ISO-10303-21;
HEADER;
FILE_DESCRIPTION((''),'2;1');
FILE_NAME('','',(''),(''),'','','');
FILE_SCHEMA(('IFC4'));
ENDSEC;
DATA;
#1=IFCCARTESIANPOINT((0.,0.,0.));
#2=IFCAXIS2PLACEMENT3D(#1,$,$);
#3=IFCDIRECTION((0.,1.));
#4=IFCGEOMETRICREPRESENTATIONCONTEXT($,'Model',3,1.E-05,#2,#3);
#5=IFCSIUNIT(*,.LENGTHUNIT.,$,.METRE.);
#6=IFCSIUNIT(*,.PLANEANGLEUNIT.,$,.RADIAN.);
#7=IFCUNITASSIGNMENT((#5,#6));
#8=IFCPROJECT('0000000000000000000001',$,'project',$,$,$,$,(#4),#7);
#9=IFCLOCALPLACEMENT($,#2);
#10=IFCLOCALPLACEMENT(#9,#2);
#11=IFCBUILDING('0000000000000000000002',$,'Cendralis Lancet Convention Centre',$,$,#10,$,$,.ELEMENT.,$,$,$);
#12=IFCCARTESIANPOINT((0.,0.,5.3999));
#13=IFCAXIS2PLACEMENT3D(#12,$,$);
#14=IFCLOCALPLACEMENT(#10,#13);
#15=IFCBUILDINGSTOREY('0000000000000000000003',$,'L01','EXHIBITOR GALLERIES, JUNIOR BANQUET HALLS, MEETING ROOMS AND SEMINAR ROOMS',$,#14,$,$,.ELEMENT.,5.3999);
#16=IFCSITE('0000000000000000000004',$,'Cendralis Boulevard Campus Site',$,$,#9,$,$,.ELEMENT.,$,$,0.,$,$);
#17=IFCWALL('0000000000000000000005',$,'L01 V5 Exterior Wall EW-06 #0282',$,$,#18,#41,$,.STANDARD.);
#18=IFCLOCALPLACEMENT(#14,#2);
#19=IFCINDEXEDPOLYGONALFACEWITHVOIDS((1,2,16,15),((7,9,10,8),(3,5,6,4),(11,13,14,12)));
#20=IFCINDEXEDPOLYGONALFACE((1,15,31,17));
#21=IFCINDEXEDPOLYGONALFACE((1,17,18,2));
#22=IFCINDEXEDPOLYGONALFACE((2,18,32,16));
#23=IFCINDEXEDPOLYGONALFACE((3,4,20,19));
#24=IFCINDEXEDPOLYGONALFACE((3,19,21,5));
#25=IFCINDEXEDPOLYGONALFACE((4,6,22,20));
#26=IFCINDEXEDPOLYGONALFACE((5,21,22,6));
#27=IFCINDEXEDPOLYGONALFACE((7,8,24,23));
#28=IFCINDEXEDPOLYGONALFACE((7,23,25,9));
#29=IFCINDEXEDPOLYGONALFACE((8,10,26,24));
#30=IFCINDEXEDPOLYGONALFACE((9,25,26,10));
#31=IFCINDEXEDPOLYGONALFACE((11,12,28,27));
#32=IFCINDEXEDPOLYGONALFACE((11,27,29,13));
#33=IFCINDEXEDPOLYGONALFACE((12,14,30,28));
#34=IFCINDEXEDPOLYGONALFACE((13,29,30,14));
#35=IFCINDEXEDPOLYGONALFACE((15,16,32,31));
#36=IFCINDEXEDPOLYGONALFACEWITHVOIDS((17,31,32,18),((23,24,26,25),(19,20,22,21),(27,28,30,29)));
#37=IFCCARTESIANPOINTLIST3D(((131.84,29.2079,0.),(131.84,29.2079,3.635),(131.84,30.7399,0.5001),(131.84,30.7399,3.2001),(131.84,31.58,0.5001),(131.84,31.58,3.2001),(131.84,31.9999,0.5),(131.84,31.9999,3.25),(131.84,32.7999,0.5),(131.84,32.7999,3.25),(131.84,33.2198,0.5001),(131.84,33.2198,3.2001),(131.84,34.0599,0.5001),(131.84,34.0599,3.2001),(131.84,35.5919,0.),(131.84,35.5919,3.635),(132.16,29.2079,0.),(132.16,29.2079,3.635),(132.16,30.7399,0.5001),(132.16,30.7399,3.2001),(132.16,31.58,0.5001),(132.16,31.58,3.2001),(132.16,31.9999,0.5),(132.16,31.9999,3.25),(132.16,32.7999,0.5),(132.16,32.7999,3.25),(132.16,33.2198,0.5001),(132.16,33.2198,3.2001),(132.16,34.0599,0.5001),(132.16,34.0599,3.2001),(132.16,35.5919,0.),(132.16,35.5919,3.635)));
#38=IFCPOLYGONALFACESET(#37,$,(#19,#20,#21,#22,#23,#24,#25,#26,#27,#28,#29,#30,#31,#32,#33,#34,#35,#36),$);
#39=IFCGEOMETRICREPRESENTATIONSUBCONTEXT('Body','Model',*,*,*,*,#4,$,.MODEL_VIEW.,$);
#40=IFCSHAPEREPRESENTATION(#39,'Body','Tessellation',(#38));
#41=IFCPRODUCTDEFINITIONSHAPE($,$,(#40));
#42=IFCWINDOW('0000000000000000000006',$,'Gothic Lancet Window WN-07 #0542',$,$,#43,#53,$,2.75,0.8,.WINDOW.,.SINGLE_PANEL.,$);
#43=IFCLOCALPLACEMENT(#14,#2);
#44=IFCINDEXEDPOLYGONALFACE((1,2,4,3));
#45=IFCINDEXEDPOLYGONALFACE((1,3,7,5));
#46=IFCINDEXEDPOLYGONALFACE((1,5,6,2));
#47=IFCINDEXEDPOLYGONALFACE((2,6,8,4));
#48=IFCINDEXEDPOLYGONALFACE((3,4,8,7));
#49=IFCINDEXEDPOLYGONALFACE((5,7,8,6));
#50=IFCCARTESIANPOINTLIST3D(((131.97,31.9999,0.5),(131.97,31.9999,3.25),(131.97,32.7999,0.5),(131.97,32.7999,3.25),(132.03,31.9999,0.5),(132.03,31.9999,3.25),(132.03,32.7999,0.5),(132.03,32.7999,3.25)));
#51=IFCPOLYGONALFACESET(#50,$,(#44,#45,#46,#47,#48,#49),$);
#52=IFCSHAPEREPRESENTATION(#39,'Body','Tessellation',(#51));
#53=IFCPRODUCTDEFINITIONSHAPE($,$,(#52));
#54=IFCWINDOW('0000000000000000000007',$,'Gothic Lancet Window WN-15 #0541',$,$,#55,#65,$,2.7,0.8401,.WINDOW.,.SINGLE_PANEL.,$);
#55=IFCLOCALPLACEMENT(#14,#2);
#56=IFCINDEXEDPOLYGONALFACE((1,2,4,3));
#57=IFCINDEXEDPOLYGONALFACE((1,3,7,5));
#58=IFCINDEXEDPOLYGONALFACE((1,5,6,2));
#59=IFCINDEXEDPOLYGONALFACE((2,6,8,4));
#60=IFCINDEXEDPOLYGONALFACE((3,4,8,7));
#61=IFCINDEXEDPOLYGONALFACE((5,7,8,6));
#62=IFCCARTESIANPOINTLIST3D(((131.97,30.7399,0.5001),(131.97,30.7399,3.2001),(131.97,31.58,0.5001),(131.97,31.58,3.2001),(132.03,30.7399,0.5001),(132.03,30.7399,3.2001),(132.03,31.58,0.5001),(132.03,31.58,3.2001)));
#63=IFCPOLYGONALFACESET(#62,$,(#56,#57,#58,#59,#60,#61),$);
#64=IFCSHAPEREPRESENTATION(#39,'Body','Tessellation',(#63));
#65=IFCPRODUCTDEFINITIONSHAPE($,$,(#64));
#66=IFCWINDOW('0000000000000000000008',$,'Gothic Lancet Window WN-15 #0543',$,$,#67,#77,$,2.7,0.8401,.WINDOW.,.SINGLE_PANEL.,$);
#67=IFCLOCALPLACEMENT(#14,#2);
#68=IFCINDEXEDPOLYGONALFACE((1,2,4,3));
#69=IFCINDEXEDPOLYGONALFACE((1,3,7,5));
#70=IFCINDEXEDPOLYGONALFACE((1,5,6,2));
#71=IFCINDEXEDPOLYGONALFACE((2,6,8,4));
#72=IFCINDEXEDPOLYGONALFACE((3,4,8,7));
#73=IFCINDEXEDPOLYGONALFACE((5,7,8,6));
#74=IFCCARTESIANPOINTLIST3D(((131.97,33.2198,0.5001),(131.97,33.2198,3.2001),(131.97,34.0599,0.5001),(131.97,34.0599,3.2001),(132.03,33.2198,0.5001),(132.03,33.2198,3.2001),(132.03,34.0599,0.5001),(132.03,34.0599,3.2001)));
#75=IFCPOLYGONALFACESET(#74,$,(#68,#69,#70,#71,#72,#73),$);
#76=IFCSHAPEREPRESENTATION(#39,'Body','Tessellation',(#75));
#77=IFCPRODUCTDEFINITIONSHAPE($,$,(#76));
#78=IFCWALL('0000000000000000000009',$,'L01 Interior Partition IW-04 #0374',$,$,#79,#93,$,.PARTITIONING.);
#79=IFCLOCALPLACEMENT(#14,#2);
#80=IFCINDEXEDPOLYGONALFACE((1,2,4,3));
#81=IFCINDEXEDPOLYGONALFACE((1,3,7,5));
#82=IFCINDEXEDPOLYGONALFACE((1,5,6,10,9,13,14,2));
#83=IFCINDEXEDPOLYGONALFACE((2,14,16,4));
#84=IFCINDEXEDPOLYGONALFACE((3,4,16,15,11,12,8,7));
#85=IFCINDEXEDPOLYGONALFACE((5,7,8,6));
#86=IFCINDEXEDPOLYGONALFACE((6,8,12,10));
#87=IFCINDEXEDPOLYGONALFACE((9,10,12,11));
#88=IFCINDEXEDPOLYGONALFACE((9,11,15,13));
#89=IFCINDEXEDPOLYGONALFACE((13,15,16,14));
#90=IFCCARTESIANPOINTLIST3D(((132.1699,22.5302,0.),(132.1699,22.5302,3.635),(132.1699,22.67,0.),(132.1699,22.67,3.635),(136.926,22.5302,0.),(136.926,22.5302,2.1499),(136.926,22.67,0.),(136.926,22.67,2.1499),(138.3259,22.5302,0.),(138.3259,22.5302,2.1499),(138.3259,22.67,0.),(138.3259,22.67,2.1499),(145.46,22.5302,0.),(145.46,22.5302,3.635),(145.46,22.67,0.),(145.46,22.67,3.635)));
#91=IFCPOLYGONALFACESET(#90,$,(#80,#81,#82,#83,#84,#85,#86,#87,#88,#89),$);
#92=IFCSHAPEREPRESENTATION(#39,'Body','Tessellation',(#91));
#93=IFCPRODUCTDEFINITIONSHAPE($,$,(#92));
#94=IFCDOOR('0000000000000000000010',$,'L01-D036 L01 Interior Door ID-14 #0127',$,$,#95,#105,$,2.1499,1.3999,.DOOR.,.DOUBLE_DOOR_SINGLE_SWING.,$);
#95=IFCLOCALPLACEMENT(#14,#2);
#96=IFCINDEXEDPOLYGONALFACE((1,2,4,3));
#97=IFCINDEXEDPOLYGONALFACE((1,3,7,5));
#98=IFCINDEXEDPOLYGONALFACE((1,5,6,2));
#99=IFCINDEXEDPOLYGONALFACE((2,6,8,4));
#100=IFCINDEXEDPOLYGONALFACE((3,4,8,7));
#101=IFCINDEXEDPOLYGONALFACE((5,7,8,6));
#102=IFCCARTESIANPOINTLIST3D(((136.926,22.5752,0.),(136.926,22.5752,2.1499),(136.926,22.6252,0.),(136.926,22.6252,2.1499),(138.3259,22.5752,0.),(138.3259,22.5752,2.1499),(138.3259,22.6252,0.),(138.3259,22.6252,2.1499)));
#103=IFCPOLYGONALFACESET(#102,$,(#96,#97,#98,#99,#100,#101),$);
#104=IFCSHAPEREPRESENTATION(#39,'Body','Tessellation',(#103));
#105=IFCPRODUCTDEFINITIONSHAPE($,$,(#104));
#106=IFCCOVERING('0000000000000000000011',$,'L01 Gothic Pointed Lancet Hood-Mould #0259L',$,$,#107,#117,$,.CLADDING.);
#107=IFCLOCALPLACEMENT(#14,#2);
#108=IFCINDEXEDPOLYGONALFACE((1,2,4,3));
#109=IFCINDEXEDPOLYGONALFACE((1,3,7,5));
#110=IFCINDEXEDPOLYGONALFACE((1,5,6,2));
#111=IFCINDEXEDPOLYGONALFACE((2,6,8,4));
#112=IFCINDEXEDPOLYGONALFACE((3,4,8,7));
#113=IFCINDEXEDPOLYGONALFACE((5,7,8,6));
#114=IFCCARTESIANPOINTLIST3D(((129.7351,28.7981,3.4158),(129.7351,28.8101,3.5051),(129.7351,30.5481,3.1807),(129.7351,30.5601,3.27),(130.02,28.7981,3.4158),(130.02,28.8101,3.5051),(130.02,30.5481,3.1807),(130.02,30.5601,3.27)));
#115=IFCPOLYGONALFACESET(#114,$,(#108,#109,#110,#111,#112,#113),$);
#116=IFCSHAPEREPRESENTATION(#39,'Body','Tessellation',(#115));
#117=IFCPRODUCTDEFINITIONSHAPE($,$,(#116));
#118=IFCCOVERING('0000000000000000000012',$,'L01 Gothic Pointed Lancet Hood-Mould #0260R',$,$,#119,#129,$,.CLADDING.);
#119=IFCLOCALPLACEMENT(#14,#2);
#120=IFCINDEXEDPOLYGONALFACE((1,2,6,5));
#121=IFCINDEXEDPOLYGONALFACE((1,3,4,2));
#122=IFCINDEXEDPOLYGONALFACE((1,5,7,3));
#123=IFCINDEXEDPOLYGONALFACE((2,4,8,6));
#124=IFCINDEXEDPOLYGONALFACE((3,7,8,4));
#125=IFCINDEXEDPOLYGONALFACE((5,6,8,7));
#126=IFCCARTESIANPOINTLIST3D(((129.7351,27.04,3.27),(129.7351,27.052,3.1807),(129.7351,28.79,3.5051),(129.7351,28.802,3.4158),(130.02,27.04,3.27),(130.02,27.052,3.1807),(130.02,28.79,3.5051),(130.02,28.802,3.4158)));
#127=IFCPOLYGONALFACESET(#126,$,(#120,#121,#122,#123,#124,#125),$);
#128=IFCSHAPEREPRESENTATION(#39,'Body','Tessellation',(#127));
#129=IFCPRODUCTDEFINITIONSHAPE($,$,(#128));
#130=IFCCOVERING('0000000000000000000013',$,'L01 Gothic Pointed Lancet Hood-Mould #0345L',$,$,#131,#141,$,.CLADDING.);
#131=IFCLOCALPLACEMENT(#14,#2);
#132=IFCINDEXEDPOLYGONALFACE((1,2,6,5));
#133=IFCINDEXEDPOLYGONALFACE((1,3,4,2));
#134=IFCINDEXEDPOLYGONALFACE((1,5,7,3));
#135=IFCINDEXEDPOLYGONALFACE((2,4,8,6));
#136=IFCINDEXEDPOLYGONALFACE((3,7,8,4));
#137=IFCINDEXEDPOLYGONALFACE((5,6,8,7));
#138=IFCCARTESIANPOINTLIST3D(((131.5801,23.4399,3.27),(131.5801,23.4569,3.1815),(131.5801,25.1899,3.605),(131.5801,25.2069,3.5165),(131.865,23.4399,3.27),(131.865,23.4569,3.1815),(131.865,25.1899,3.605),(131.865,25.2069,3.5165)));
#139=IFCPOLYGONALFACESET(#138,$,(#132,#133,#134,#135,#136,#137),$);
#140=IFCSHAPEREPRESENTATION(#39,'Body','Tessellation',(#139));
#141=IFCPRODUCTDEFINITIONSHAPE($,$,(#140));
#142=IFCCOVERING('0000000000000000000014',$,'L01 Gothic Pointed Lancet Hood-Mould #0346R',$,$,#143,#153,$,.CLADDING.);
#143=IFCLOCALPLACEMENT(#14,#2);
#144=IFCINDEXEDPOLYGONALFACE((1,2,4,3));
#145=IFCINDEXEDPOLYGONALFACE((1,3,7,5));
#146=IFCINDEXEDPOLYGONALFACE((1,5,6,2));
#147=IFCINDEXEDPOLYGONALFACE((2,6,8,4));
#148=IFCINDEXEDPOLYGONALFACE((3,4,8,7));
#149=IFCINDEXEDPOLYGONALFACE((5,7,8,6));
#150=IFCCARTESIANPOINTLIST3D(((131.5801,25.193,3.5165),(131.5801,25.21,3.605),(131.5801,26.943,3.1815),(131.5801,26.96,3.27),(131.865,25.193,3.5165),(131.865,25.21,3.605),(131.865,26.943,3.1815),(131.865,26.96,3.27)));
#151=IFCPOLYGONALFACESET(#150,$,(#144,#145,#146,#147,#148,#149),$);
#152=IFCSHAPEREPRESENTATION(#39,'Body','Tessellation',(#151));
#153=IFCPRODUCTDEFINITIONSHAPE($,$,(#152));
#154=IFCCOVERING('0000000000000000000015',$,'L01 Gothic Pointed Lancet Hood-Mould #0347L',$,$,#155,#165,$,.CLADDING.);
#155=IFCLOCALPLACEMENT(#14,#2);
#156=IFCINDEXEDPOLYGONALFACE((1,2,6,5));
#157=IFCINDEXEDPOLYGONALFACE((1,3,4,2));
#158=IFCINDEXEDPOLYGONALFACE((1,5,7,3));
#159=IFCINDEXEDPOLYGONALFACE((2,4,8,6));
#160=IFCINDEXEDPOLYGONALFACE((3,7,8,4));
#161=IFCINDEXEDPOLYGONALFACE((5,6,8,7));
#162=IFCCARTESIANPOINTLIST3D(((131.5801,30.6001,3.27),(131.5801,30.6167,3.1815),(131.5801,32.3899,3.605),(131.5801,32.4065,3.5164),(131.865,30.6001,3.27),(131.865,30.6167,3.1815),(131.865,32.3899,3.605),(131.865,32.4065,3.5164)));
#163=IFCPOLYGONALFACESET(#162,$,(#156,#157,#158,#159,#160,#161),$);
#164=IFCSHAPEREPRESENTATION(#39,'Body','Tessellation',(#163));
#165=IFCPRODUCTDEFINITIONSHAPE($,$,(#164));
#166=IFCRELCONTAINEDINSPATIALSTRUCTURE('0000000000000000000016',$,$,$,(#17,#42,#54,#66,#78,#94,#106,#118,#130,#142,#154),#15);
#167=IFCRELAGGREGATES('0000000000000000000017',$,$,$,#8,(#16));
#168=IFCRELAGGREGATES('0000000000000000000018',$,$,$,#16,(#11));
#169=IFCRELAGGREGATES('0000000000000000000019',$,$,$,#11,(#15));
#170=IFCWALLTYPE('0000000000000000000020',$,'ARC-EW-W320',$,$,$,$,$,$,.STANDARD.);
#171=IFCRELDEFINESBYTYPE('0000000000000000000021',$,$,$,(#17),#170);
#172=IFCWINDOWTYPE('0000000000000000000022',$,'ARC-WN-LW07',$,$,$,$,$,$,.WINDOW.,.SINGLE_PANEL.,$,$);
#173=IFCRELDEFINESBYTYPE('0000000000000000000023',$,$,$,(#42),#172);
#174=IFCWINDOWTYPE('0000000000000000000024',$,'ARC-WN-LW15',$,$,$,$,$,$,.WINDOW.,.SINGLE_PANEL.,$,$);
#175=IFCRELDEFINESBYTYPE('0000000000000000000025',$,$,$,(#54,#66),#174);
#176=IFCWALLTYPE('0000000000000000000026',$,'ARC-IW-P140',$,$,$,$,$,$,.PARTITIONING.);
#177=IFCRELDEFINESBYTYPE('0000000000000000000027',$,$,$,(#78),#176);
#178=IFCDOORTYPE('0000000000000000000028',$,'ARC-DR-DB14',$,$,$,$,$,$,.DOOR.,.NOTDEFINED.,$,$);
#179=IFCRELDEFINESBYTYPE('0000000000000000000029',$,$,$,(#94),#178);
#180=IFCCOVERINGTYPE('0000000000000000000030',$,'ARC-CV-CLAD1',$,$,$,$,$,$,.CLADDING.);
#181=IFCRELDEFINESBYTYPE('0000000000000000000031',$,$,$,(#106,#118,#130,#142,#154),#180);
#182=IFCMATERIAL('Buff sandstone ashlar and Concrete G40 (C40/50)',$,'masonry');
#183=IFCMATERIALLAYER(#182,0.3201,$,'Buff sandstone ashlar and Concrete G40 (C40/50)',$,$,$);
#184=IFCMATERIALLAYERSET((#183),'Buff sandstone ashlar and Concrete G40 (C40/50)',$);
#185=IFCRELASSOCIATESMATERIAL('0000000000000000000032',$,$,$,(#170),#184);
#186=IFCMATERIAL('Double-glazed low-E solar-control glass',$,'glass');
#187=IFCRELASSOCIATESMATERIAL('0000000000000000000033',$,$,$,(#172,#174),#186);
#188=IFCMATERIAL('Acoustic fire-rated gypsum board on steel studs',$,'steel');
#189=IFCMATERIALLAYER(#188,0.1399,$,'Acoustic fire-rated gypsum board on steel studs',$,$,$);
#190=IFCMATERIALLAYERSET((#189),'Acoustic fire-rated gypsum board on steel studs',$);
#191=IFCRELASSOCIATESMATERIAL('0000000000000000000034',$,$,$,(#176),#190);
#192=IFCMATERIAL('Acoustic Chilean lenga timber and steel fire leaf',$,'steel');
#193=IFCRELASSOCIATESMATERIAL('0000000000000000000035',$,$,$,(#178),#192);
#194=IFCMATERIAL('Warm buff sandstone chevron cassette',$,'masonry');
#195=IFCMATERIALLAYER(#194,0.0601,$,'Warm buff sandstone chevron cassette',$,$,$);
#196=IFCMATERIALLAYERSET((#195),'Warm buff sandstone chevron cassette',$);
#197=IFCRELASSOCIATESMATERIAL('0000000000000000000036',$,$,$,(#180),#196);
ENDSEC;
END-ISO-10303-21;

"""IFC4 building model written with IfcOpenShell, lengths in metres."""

from ifc_helpers import new_model, si_unit, direction, frame, frame_2d, origin, place, context, subcontext, project, spatial, polyline, rectangle, outline, extrude, material, layer, layer_set, type_object, element, fill, save


model = new_model("IFC4")

# Units and contexts
model_context = context("Model", 3, precision=1e-05, world=origin(), true_north=direction((0.0, 1.0)))
body_context = subcontext(model_context, "Body", "Model", "MODEL_VIEW")
ifc_project = project(units=[si_unit("LENGTHUNIT", "METRE"), si_unit("PLANEANGLEUNIT", "RADIAN")], contexts=[model_context])

# Site, building, storey
site_placement = place(None, origin())
site = spatial("IfcSite", under=ifc_project, at=site_placement, Name="Cendralis Boulevard Campus Site", CompositionType="ELEMENT", RefElevation=0.0)
building_placement = place(site_placement, origin())
building = spatial("IfcBuilding", under=site, at=building_placement, Name="Cendralis Lancet Convention Centre", CompositionType="ELEMENT")
storey_placement = place(building_placement, frame((0.0, 0.0, 5.3999)))
storey = spatial("IfcBuildingStorey", under=building, at=storey_placement, Name="L01", Description="EXHIBITOR GALLERIES, JUNIOR BANQUET HALLS, MEETING ROOMS AND SEMINAR ROOMS", CompositionType="ELEMENT", Elevation=5.3999)

# Shared definitions
ifc_material_1 = material(Name="Buff sandstone ashlar and Concrete G40 (C40/50)", Category="masonry")
ifc_layer_1 = layer(ifc_material_1, 0.3201, Name="Buff sandstone ashlar and Concrete G40 (C40/50)")
ifc_layer_set_1 = layer_set([ifc_layer_1], Name="Buff sandstone ashlar and Concrete G40 (C40/50)")
wall_type_1 = type_object("IfcWallType", Name="ARC-EW-W320", PredefinedType="STANDARD", material=ifc_layer_set_1)

# Wall, openings, windows
ifc_material_2 = material(Name="Double-glazed low-E solar-control glass", Category="glass")
window_type_1 = type_object("IfcWindowType", Name="ARC-WN-LW07", PartitioningType="SINGLE_PANEL", PredefinedType="WINDOW", material=ifc_material_2)
wall_1_placement = place(storey_placement, frame((132.0, 29.208, 0.0), z_axis=(0.0, 0.0, 1.0), x_axis=(0.0, 1.0, 0.0)))
wall_1 = element("IfcWall", 1, at=wall_1_placement, inside=storey, type_object=wall_type_1, Name="L01 V5 Exterior Wall EW-06 #0282", PredefinedType="STANDARD", context=body_context, shape_type="SweptSolid", body=[
    extrude(rectangle(XDim=6.384, YDim=0.3201, at=frame_2d((3.1919, 0.0))), origin(), (0.0, 0.0, 1.0), 3.635),
])
opening_1_placement = place(wall_1_placement, frame((1.532, 0.0, 0.5)))
opening_1 = element("IfcOpeningElement", 2, at=opening_1_placement, cuts=wall_1, PredefinedType="OPENING", context=body_context, shape_type="SweptSolid", body=[
    extrude(rectangle(XDim=0.8401, YDim=2.7, at=frame_2d((0.4199, 1.3501))), frame((0.0, 0.1699, 0.0), z_axis=(0.0, -1.0, 0.0), x_axis=(1.0, 0.0, 0.0)), (0.0, 0.0, 1.0), 0.3401),
])
opening_2_placement = place(wall_1_placement, frame((2.792, 0.0, 0.5)))
opening_2 = element("IfcOpeningElement", 3, at=opening_2_placement, cuts=wall_1, PredefinedType="OPENING", context=body_context, shape_type="SweptSolid", body=[
    extrude(rectangle(XDim=0.8, YDim=2.75, at=frame_2d((0.3999, 1.375))), frame((0.0, 0.1699, 0.0), z_axis=(0.0, -1.0, 0.0), x_axis=(1.0, 0.0, 0.0)), (0.0, 0.0, 1.0), 0.3401),
])
opening_3_placement = place(wall_1_placement, frame((4.012, 0.0, 0.5)))
opening_3 = element("IfcOpeningElement", 4, at=opening_3_placement, cuts=wall_1, PredefinedType="OPENING", context=body_context, shape_type="SweptSolid", body=[
    extrude(rectangle(XDim=0.8401, YDim=2.7, at=frame_2d((0.4199, 1.3501))), frame((0.0, 0.1699, 0.0), z_axis=(0.0, -1.0, 0.0), x_axis=(1.0, 0.0, 0.0)), (0.0, 0.0, 1.0), 0.3401),
])
window_1_placement = place(opening_2_placement, origin())
window_1 = element("IfcWindow", 5, at=window_1_placement, inside=storey, type_object=window_type_1, Name="Gothic Lancet Window WN-07 #0542", OverallHeight=2.75, OverallWidth=0.8, PartitioningType="SINGLE_PANEL", PredefinedType="WINDOW", context=body_context, shape_type="SweptSolid", body=[
    extrude(rectangle(XDim=0.8, YDim=2.75, at=frame_2d((0.3999, 1.375))), frame((0.0, 0.03, 0.0), z_axis=(0.0, -1.0, 0.0), x_axis=(1.0, 0.0, 0.0)), (0.0, 0.0, 1.0), 0.0601),
])
fill(opening_2, window_1)
window_type_2 = type_object("IfcWindowType", Name="ARC-WN-LW15", PartitioningType="SINGLE_PANEL", PredefinedType="WINDOW", material=ifc_material_2)
window_2_placement = place(opening_1_placement, origin())
window_2 = element("IfcWindow", 6, at=window_2_placement, inside=storey, type_object=window_type_2, Name="Gothic Lancet Window WN-15 #0541", OverallHeight=2.7, OverallWidth=0.8401, PartitioningType="SINGLE_PANEL", PredefinedType="WINDOW", context=body_context, shape_type="SweptSolid", body=[
    extrude(rectangle(XDim=0.8401, YDim=2.7, at=frame_2d((0.4199, 1.3501))), frame((0.0, 0.03, 0.0), z_axis=(0.0, -1.0, 0.0), x_axis=(1.0, 0.0, 0.0)), (0.0, 0.0, 1.0), 0.0601),
])
fill(opening_1, window_2)
window_3_placement = place(opening_3_placement, origin())
window_3 = element("IfcWindow", 7, at=window_3_placement, inside=storey, type_object=window_type_2, Name="Gothic Lancet Window WN-15 #0543", OverallHeight=2.7, OverallWidth=0.8401, PartitioningType="SINGLE_PANEL", PredefinedType="WINDOW", context=body_context, shape_type="SweptSolid", body=[
    extrude(rectangle(XDim=0.8401, YDim=2.7, at=frame_2d((0.4199, 1.3501))), frame((0.0, 0.03, 0.0), z_axis=(0.0, -1.0, 0.0), x_axis=(1.0, 0.0, 0.0)), (0.0, 0.0, 1.0), 0.0601),
])
fill(opening_3, window_3)

# Wall, opening, door
ifc_material_3 = material(Name="Acoustic fire-rated gypsum board on steel studs", Category="steel")
ifc_layer_2 = layer(ifc_material_3, 0.1399, Name="Acoustic fire-rated gypsum board on steel studs")
ifc_layer_set_2 = layer_set([ifc_layer_2], Name="Acoustic fire-rated gypsum board on steel studs")
wall_type_2 = type_object("IfcWallType", Name="ARC-IW-P140", PredefinedType="PARTITIONING", material=ifc_layer_set_2)
wall_2_placement = place(storey_placement, frame((132.1699, 22.6001, 0.0), z_axis=(0.0, 0.0, 1.0), x_axis=(1.0, 0.0, 0.0)))
wall_2 = element("IfcWall", 8, at=wall_2_placement, inside=storey, type_object=wall_type_2, Name="L01 Interior Partition IW-04 #0374", PredefinedType="PARTITIONING", context=body_context, shape_type="SweptSolid", body=[
    extrude(rectangle(XDim=13.29, YDim=0.1399, at=frame_2d((6.645, 0.0))), origin(), (0.0, 0.0, 1.0), 3.635),
])
opening_4_placement = place(wall_2_placement, frame((4.7561, 0.0, 0.0)))
opening_4 = element("IfcOpeningElement", 9, at=opening_4_placement, cuts=wall_2, PredefinedType="OPENING", context=body_context, shape_type="SweptSolid", body=[
    extrude(rectangle(XDim=1.3999, YDim=2.1499, at=frame_2d((0.7, 1.075))), frame((0.0, 0.0798, 0.0), z_axis=(0.0, -1.0, 0.0), x_axis=(1.0, 0.0, 0.0)), (0.0, 0.0, 1.0), 0.1599),
])
ifc_material_4 = material(Name="Acoustic Chilean lenga timber and steel fire leaf", Category="steel")
door_type = type_object("IfcDoorType", Name="ARC-DR-DB14", OperationType="NOTDEFINED", PredefinedType="DOOR", material=ifc_material_4)
door_placement = place(opening_4_placement, frame((1.3999, 0.0, 0.0), z_axis=(0.0, 0.0, 1.0), x_axis=(-1.0, 0.0, 0.0)))
door = element("IfcDoor", 10, at=door_placement, inside=storey, type_object=door_type, Name="L01-D036 L01 Interior Door ID-14 #0127", OperationType="DOUBLE_DOOR_SINGLE_SWING", OverallHeight=2.1499, OverallWidth=1.3999, PredefinedType="DOOR", context=body_context, shape_type="SweptSolid", body=[
    extrude(rectangle(XDim=1.3999, YDim=2.1499, at=frame_2d((0.7, 1.075))), frame((0.0, 0.0249, 0.0), z_axis=(0.0, -1.0, 0.0), x_axis=(1.0, 0.0, 0.0)), (0.0, 0.0, 1.0), 0.05),
])
fill(opening_4, door)

# Coverings
ifc_material_5 = material(Name="Warm buff sandstone chevron cassette", Category="masonry")
ifc_layer_3 = layer(ifc_material_5, 0.0601, Name="Warm buff sandstone chevron cassette")
ifc_layer_set_3 = layer_set([ifc_layer_3], Name="Warm buff sandstone chevron cassette")
covering_type = type_object("IfcCoveringType", Name="ARC-CV-CLAD1", PredefinedType="CLADDING", material=ifc_layer_set_3)
for number, where, z_axis, x_axis, name in (
    (11, (130.02, 30.5601, 3.27), (0.0, 0.133151, 0.991096), (-1.0, 0.0, 0.0), "L01 Gothic Pointed Lancet Hood-Mould #0259L"),
    (12, (130.02, 28.79, 3.5051), (0.0, -0.133151, 0.991096), (-1.0, 0.0, 0.0), "L01 Gothic Pointed Lancet Hood-Mould #0260R"),
):
    element("IfcCovering", number, at=place(storey_placement, frame(where, z_axis=z_axis, x_axis=x_axis)), inside=storey, type_object=covering_type, Name=name, PredefinedType="CLADDING", context=body_context, shape_type="SweptSolid", body=[
        extrude(outline(polyline([(0.0, 0.0), (0.2849, 0.0), (0.2849, 1.7657), (0.0, 1.7657), (0.0, 0.0)])), origin(), (0.0, 0.0, -1.0), 0.0901),
    ])
for number, where, z_axis, x_axis, name in (
    (13, (131.5801, 23.4399, 3.27), (0.0, -0.187994, 0.98217), (1.0, 0.0, 0.0), "L01 Gothic Pointed Lancet Hood-Mould #0345L"),
    (14, (131.5801, 25.21, 3.605), (0.0, 0.187994, 0.98217), (1.0, 0.0, 0.0), "L01 Gothic Pointed Lancet Hood-Mould #0346R"),
):
    element("IfcCovering", number, at=place(storey_placement, frame(where, z_axis=z_axis, x_axis=x_axis)), inside=storey, type_object=covering_type, Name=name, PredefinedType="CLADDING", context=body_context, shape_type="SweptSolid", body=[
        extrude(outline(polyline([(0.0, 0.0), (0.2849, 0.0), (0.2849, 1.7818), (0.0, 1.7818), (0.0, 0.0)])), origin(), (0.0, 0.0, -1.0), 0.0901),
    ])
covering_placement = place(storey_placement, frame((131.5801, 30.6001, 3.27), z_axis=(0.0, -0.183957, 0.982934), x_axis=(1.0, 0.0, 0.0)))
element("IfcCovering", 15, at=covering_placement, inside=storey, type_object=covering_type, Name="L01 Gothic Pointed Lancet Hood-Mould #0347L", PredefinedType="CLADDING", context=body_context, shape_type="SweptSolid", body=[
    extrude(outline(polyline([(0.0, 0.0), (0.2849, 0.0), (0.2849, 1.8209), (0.0, 1.8209), (0.0, 0.0)])), origin(), (0.0, 0.0, -1.0), 0.0901),
])

save(model, "model.ifc")
